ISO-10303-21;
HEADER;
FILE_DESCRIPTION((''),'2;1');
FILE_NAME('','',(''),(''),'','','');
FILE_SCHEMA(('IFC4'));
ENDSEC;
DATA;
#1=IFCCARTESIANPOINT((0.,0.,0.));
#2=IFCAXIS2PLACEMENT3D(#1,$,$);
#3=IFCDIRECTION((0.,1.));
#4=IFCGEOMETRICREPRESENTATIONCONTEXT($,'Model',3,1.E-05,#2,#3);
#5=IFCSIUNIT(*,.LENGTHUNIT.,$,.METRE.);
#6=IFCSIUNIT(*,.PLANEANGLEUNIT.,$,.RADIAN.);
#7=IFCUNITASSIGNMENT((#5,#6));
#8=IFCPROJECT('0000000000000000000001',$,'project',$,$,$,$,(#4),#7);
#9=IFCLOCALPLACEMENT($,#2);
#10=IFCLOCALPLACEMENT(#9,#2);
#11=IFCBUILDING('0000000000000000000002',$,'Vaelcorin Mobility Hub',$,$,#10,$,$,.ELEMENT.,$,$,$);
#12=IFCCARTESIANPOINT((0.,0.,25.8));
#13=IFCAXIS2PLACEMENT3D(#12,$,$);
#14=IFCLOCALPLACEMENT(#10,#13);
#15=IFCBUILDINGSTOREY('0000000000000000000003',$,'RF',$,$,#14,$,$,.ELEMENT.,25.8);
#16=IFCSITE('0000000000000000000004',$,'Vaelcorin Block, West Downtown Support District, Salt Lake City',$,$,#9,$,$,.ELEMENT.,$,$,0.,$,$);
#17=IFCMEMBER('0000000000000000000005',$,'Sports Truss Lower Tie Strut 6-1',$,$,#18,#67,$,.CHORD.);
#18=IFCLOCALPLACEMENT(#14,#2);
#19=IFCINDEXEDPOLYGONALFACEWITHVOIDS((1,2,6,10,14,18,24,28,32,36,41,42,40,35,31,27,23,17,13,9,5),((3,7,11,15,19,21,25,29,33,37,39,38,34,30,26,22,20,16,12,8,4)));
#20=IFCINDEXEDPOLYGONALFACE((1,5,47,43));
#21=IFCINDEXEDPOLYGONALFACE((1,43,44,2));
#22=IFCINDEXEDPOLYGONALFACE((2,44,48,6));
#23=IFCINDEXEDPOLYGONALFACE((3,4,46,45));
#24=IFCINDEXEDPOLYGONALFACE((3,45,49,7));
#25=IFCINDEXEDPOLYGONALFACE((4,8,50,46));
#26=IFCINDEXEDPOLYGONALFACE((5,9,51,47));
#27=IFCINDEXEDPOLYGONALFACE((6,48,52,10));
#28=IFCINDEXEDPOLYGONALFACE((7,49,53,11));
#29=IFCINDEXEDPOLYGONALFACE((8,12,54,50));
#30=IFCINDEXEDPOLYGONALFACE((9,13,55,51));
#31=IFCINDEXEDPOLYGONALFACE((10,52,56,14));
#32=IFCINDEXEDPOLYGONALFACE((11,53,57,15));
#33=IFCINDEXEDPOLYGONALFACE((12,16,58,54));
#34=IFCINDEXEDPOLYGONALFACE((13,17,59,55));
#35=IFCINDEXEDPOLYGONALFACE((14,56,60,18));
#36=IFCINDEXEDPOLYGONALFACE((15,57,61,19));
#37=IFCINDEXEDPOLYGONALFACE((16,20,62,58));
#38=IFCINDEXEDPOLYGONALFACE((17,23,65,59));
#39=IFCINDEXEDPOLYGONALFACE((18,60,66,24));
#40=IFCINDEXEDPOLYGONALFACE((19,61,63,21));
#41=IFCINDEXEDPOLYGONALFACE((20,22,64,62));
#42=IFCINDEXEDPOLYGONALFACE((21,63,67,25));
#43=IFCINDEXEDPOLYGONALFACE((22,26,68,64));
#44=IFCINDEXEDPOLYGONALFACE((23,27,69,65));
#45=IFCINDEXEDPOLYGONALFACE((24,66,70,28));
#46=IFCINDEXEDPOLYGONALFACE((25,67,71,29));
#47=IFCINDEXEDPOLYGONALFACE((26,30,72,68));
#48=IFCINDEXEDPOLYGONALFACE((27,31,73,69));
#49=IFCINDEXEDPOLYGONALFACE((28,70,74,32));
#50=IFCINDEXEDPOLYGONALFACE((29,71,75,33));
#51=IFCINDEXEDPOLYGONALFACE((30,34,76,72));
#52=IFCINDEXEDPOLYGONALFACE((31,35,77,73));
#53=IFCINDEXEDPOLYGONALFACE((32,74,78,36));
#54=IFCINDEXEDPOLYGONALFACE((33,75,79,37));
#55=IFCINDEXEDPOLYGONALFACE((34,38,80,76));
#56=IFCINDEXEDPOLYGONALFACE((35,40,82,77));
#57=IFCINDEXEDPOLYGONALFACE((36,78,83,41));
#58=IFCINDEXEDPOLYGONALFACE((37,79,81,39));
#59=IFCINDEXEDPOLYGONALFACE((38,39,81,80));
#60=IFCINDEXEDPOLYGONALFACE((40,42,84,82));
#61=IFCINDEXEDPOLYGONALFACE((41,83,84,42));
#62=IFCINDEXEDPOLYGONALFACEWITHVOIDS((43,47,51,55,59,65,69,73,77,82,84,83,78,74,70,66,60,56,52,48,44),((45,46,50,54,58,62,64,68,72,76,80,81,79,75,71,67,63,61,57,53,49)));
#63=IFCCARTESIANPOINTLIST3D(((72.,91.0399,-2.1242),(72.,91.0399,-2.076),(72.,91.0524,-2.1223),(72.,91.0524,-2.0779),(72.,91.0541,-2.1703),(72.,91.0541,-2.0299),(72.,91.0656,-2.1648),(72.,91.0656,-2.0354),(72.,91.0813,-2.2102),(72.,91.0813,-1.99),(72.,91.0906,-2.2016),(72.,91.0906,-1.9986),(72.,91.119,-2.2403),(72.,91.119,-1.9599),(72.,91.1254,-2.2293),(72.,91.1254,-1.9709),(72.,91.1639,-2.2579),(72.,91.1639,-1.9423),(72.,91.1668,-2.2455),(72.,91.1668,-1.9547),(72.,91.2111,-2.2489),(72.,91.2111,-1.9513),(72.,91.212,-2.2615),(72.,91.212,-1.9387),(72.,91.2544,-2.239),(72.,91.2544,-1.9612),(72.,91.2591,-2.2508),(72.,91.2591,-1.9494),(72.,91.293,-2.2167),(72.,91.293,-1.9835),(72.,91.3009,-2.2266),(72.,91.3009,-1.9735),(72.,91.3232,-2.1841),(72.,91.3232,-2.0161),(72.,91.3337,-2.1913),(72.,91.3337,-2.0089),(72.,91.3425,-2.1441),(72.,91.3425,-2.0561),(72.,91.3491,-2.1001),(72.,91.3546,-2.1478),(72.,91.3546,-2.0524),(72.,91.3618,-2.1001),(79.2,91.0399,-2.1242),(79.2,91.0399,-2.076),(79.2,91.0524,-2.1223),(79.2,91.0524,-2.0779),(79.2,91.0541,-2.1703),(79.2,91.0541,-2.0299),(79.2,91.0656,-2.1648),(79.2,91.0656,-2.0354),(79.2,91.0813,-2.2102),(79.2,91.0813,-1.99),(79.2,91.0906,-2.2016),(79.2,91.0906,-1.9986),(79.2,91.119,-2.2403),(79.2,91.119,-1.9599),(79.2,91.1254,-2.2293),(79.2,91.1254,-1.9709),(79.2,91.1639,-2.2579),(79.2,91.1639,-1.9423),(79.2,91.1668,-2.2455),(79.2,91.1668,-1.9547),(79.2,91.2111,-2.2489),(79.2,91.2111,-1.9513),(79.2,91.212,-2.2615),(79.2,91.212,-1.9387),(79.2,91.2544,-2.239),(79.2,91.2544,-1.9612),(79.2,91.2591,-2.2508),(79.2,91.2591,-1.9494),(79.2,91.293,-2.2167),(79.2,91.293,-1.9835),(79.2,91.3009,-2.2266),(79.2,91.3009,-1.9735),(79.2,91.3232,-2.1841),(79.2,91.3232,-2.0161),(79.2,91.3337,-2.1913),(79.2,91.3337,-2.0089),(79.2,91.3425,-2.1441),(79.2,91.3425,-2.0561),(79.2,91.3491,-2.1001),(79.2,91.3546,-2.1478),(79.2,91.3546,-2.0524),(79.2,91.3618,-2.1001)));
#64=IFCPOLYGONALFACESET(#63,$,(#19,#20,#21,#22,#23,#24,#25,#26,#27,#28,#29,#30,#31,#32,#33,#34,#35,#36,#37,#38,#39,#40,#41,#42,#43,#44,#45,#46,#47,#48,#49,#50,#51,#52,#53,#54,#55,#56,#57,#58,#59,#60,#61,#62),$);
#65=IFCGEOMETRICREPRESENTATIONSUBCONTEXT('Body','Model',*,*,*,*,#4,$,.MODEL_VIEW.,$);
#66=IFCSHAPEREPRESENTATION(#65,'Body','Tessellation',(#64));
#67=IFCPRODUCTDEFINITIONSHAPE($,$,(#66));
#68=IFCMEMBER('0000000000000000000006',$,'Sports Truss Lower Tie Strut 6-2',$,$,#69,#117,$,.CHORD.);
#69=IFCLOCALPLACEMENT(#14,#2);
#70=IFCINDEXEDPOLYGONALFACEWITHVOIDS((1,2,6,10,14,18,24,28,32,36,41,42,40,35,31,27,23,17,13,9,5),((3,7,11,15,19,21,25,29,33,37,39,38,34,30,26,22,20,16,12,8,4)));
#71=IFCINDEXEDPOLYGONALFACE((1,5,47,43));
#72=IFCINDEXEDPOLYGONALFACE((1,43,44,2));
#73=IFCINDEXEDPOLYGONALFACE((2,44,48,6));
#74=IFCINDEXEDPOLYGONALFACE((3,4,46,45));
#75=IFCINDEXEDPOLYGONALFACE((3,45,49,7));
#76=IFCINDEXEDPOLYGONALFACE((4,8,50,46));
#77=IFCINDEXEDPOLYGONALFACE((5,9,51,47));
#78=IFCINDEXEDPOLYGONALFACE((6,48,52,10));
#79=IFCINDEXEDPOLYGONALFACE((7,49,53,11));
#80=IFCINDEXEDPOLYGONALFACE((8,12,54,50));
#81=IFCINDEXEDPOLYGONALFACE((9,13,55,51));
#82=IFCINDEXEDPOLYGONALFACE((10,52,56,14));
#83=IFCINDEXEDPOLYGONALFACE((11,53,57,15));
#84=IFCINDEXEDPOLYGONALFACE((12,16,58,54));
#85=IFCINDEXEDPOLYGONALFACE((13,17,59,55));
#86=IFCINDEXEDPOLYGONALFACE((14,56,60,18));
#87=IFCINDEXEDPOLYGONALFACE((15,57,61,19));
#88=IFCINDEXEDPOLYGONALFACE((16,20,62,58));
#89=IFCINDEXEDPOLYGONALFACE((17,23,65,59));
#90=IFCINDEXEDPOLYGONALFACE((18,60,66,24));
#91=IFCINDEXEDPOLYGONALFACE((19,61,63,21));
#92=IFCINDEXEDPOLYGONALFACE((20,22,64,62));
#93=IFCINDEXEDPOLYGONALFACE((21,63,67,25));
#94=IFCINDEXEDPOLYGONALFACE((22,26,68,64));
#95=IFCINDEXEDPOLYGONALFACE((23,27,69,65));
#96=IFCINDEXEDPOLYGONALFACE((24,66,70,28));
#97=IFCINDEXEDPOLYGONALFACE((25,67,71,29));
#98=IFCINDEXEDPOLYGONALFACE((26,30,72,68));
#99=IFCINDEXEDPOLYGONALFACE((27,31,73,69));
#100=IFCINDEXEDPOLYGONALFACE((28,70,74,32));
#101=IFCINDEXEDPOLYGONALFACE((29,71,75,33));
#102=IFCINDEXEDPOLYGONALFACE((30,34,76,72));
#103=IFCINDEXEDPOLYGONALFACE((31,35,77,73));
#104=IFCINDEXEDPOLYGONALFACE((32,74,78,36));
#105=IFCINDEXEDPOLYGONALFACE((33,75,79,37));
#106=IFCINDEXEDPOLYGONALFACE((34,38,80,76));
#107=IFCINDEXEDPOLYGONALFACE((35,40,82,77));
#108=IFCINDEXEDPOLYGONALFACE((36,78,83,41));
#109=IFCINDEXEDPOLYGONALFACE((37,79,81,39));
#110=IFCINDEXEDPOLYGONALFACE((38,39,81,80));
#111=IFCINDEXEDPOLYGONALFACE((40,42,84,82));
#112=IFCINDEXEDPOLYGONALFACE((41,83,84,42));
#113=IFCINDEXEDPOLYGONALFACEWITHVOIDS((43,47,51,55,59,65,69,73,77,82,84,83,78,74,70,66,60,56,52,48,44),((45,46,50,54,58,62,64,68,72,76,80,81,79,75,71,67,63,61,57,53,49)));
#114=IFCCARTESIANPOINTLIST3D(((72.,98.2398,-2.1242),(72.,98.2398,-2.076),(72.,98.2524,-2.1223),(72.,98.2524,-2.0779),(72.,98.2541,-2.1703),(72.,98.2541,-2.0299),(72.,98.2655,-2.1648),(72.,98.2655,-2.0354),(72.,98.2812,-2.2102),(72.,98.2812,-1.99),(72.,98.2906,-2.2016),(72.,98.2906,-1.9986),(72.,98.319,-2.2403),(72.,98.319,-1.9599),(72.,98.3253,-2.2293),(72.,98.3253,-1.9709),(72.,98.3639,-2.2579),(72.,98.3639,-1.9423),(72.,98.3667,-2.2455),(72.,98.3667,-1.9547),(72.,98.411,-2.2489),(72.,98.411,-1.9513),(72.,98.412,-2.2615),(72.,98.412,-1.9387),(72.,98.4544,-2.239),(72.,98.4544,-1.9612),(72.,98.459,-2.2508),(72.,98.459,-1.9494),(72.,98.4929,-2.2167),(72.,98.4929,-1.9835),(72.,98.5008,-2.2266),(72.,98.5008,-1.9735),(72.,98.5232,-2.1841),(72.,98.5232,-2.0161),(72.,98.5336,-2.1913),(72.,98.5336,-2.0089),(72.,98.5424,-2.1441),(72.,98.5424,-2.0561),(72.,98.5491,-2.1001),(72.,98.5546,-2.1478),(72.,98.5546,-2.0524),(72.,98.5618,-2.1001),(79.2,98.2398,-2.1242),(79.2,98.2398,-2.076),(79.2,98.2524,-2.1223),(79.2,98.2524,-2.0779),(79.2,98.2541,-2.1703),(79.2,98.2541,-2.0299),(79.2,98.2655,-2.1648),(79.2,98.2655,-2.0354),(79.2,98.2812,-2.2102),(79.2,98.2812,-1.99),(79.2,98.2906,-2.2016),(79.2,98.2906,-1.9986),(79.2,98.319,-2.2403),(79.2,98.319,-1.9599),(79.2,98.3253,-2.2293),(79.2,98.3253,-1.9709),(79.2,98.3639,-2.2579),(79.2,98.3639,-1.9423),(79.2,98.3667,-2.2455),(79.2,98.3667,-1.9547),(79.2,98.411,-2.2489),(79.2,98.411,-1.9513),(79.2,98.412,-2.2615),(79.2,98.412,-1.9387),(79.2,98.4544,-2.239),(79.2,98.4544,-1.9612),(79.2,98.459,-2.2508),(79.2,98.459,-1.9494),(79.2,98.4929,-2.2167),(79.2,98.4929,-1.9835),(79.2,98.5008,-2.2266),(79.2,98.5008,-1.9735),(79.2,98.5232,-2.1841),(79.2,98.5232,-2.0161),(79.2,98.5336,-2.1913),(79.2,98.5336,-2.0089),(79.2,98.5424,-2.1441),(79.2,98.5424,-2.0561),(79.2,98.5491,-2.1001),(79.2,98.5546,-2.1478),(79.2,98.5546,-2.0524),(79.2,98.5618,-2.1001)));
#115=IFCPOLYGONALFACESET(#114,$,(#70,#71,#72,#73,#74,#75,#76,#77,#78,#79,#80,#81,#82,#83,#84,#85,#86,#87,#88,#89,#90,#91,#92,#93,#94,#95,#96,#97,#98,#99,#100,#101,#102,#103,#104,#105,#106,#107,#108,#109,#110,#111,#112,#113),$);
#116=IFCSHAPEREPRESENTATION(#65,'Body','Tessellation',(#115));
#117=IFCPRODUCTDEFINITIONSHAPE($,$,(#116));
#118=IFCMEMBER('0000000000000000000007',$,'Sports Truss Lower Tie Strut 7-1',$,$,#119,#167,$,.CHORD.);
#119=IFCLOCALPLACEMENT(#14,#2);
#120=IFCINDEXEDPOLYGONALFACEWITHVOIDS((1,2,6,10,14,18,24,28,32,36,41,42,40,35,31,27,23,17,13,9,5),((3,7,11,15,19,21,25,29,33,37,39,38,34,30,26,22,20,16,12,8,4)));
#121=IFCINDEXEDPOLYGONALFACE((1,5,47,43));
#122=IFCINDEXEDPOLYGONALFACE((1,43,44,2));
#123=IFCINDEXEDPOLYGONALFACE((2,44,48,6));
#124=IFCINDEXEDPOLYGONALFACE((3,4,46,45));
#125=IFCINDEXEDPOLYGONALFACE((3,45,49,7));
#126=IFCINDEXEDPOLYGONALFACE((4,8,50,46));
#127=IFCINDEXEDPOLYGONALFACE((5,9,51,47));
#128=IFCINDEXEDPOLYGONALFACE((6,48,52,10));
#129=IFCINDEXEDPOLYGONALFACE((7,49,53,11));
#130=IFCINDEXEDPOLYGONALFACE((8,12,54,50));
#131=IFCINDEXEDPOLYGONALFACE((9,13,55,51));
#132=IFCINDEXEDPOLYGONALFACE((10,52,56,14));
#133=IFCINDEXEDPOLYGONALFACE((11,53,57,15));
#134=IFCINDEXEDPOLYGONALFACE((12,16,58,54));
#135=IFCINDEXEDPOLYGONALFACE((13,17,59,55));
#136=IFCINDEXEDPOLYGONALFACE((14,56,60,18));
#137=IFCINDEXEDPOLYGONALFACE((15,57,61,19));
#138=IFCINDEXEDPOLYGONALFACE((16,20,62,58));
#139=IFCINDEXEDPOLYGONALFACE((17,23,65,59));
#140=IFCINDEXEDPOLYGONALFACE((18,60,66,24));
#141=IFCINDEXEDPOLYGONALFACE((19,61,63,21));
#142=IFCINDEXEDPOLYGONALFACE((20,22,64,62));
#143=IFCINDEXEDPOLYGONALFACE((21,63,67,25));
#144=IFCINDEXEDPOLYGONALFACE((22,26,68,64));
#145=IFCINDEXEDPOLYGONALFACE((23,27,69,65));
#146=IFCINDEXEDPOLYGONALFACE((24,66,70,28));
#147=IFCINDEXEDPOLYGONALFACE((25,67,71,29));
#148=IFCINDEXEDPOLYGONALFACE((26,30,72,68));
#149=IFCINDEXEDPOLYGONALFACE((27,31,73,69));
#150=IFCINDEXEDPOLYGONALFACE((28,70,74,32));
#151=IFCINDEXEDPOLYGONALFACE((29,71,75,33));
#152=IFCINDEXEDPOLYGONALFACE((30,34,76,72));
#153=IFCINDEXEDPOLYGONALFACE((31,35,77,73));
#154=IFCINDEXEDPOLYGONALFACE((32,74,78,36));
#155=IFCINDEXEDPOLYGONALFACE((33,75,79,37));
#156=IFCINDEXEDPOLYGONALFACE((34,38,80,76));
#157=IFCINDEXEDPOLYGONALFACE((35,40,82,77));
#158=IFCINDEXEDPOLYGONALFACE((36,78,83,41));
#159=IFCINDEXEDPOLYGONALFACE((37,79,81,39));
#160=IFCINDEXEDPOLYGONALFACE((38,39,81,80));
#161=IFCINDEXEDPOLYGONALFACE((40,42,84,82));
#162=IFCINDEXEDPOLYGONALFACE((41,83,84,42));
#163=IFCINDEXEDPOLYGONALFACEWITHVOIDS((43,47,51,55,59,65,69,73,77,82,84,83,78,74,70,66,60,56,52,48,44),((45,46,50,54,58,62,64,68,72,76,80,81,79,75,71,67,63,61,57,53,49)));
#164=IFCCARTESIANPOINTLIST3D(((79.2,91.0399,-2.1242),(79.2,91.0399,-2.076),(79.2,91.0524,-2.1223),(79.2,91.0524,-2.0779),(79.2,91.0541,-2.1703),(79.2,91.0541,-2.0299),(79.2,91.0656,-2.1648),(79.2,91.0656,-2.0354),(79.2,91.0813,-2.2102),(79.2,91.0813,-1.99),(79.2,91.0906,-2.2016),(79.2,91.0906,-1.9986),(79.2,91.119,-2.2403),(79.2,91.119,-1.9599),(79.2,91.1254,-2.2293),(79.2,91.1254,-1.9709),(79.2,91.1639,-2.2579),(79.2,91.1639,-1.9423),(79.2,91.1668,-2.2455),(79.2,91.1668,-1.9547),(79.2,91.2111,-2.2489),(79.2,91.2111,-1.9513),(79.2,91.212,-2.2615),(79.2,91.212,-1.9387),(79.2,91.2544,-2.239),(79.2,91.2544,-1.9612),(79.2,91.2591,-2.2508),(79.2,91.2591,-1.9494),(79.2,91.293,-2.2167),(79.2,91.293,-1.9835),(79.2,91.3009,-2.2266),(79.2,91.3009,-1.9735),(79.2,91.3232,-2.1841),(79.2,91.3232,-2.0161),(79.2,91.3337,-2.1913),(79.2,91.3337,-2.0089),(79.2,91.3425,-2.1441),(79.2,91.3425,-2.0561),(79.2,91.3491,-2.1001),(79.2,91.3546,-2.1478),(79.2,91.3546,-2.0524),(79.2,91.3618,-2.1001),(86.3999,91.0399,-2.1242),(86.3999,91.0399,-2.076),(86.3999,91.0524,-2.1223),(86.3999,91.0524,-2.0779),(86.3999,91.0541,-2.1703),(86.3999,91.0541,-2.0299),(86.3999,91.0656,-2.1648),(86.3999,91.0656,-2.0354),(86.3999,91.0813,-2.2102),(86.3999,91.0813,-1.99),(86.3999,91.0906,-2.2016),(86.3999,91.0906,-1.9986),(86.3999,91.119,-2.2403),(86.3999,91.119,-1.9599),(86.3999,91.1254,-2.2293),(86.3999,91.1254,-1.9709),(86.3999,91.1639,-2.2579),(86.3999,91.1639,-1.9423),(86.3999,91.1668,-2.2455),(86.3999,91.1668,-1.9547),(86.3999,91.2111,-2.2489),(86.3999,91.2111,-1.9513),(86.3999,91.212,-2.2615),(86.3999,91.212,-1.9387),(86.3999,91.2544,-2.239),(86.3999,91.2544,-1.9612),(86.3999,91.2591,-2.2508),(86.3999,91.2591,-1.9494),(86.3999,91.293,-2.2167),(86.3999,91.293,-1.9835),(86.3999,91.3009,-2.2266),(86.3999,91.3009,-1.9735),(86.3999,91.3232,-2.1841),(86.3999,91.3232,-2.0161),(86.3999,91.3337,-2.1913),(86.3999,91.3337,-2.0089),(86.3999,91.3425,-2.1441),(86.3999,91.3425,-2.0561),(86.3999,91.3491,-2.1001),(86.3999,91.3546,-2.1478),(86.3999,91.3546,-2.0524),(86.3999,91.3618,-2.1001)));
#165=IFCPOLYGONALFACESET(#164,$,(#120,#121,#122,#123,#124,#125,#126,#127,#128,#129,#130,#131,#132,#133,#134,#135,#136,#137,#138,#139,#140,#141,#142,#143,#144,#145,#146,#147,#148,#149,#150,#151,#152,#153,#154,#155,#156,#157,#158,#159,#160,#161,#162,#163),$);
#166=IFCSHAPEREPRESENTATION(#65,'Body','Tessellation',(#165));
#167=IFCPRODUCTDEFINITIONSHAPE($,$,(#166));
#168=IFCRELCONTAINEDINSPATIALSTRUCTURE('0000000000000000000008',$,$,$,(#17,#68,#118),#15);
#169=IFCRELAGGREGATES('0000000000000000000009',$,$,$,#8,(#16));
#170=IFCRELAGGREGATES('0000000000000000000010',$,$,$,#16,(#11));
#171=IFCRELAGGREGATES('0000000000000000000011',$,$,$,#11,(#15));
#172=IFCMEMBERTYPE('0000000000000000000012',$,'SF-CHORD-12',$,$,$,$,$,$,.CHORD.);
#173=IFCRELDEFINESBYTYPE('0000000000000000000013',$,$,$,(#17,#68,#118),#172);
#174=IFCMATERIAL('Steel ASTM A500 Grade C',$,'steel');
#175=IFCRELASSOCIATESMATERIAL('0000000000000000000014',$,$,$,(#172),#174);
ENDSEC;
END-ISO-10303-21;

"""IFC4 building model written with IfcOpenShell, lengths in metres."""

from ifc_helpers import new_model, si_unit, direction, frame, origin, origin_2d, place, context, subcontext, project, spatial, hollow_circle, extrude, material, material_profile, profile_set, type_object, element, save


model = new_model("IFC4")

# Units and contexts
model_context = context("Model", 3, precision=1e-05, world=origin(), true_north=direction((0.0, 1.0)))
body_context = subcontext(model_context, "Body", "Model", "MODEL_VIEW")
ifc_project = project(units=[si_unit("LENGTHUNIT", "METRE"), si_unit("PLANEANGLEUNIT", "RADIAN")], contexts=[model_context])

# Site, building, storey
site_placement = place(None, origin())
site = spatial("IfcSite", under=ifc_project, at=site_placement, Name="Vaelcorin Block, West Downtown Support District, Salt Lake City", CompositionType="ELEMENT", RefElevation=0.0)
building_placement = place(site_placement, origin())
building = spatial("IfcBuilding", under=site, at=building_placement, Name="Vaelcorin Mobility Hub", CompositionType="ELEMENT")
storey_placement = place(building_placement, frame((0.0, 0.0, 25.8)))
storey = spatial("IfcBuildingStorey", under=building, at=storey_placement, Name="RF", CompositionType="ELEMENT", Elevation=25.8)

# Members
ifc_material_1 = material(Name="Steel ASTM A500 Grade C", Category="steel")
ifc_material_profile_1 = material_profile(ifc_material_1, hollow_circle(Radius=0.1619, WallThickness=0.0127, at=origin_2d()), Name="HSS12.750X0.500")
ifc_profile_set_1 = profile_set([ifc_material_profile_1], Name="Steel ASTM A500 Grade C")
member_type_1 = type_object("IfcMemberType", Name="SF-CHORD-12", PredefinedType="CHORD", material=ifc_profile_set_1)
for number, where, z_axis, x_axis, name in (
    (1, (72.0, 91.2, -2.1001), (1.0, 0.0, 0.0), (0.0, 1.0, 0.0), "Sports Truss Lower Tie Strut 6-1"),
    (2, (72.0, 98.3999, -2.1001), (1.0, 0.0, 0.0), (0.0, 1.0, 0.0), "Sports Truss Lower Tie Strut 6-2"),
    (3, (79.2, 91.2, -2.1001), (1.0, 0.0, 0.0), (0.0, 1.0, 0.0), "Sports Truss Lower Tie Strut 7-1"),
):
    element("IfcMember", number, at=place(storey_placement, frame(where, z_axis=z_axis, x_axis=x_axis)), inside=storey, type_object=member_type_1, Name=name, PredefinedType="CHORD", context=body_context, shape_type="SweptSolid", body=[
        extrude(hollow_circle(Radius=0.1619, WallThickness=0.0127, at=origin_2d()), origin(), (0.0, 0.0, 1.0), 7.2),
    ])

save(model, "model.ifc")
